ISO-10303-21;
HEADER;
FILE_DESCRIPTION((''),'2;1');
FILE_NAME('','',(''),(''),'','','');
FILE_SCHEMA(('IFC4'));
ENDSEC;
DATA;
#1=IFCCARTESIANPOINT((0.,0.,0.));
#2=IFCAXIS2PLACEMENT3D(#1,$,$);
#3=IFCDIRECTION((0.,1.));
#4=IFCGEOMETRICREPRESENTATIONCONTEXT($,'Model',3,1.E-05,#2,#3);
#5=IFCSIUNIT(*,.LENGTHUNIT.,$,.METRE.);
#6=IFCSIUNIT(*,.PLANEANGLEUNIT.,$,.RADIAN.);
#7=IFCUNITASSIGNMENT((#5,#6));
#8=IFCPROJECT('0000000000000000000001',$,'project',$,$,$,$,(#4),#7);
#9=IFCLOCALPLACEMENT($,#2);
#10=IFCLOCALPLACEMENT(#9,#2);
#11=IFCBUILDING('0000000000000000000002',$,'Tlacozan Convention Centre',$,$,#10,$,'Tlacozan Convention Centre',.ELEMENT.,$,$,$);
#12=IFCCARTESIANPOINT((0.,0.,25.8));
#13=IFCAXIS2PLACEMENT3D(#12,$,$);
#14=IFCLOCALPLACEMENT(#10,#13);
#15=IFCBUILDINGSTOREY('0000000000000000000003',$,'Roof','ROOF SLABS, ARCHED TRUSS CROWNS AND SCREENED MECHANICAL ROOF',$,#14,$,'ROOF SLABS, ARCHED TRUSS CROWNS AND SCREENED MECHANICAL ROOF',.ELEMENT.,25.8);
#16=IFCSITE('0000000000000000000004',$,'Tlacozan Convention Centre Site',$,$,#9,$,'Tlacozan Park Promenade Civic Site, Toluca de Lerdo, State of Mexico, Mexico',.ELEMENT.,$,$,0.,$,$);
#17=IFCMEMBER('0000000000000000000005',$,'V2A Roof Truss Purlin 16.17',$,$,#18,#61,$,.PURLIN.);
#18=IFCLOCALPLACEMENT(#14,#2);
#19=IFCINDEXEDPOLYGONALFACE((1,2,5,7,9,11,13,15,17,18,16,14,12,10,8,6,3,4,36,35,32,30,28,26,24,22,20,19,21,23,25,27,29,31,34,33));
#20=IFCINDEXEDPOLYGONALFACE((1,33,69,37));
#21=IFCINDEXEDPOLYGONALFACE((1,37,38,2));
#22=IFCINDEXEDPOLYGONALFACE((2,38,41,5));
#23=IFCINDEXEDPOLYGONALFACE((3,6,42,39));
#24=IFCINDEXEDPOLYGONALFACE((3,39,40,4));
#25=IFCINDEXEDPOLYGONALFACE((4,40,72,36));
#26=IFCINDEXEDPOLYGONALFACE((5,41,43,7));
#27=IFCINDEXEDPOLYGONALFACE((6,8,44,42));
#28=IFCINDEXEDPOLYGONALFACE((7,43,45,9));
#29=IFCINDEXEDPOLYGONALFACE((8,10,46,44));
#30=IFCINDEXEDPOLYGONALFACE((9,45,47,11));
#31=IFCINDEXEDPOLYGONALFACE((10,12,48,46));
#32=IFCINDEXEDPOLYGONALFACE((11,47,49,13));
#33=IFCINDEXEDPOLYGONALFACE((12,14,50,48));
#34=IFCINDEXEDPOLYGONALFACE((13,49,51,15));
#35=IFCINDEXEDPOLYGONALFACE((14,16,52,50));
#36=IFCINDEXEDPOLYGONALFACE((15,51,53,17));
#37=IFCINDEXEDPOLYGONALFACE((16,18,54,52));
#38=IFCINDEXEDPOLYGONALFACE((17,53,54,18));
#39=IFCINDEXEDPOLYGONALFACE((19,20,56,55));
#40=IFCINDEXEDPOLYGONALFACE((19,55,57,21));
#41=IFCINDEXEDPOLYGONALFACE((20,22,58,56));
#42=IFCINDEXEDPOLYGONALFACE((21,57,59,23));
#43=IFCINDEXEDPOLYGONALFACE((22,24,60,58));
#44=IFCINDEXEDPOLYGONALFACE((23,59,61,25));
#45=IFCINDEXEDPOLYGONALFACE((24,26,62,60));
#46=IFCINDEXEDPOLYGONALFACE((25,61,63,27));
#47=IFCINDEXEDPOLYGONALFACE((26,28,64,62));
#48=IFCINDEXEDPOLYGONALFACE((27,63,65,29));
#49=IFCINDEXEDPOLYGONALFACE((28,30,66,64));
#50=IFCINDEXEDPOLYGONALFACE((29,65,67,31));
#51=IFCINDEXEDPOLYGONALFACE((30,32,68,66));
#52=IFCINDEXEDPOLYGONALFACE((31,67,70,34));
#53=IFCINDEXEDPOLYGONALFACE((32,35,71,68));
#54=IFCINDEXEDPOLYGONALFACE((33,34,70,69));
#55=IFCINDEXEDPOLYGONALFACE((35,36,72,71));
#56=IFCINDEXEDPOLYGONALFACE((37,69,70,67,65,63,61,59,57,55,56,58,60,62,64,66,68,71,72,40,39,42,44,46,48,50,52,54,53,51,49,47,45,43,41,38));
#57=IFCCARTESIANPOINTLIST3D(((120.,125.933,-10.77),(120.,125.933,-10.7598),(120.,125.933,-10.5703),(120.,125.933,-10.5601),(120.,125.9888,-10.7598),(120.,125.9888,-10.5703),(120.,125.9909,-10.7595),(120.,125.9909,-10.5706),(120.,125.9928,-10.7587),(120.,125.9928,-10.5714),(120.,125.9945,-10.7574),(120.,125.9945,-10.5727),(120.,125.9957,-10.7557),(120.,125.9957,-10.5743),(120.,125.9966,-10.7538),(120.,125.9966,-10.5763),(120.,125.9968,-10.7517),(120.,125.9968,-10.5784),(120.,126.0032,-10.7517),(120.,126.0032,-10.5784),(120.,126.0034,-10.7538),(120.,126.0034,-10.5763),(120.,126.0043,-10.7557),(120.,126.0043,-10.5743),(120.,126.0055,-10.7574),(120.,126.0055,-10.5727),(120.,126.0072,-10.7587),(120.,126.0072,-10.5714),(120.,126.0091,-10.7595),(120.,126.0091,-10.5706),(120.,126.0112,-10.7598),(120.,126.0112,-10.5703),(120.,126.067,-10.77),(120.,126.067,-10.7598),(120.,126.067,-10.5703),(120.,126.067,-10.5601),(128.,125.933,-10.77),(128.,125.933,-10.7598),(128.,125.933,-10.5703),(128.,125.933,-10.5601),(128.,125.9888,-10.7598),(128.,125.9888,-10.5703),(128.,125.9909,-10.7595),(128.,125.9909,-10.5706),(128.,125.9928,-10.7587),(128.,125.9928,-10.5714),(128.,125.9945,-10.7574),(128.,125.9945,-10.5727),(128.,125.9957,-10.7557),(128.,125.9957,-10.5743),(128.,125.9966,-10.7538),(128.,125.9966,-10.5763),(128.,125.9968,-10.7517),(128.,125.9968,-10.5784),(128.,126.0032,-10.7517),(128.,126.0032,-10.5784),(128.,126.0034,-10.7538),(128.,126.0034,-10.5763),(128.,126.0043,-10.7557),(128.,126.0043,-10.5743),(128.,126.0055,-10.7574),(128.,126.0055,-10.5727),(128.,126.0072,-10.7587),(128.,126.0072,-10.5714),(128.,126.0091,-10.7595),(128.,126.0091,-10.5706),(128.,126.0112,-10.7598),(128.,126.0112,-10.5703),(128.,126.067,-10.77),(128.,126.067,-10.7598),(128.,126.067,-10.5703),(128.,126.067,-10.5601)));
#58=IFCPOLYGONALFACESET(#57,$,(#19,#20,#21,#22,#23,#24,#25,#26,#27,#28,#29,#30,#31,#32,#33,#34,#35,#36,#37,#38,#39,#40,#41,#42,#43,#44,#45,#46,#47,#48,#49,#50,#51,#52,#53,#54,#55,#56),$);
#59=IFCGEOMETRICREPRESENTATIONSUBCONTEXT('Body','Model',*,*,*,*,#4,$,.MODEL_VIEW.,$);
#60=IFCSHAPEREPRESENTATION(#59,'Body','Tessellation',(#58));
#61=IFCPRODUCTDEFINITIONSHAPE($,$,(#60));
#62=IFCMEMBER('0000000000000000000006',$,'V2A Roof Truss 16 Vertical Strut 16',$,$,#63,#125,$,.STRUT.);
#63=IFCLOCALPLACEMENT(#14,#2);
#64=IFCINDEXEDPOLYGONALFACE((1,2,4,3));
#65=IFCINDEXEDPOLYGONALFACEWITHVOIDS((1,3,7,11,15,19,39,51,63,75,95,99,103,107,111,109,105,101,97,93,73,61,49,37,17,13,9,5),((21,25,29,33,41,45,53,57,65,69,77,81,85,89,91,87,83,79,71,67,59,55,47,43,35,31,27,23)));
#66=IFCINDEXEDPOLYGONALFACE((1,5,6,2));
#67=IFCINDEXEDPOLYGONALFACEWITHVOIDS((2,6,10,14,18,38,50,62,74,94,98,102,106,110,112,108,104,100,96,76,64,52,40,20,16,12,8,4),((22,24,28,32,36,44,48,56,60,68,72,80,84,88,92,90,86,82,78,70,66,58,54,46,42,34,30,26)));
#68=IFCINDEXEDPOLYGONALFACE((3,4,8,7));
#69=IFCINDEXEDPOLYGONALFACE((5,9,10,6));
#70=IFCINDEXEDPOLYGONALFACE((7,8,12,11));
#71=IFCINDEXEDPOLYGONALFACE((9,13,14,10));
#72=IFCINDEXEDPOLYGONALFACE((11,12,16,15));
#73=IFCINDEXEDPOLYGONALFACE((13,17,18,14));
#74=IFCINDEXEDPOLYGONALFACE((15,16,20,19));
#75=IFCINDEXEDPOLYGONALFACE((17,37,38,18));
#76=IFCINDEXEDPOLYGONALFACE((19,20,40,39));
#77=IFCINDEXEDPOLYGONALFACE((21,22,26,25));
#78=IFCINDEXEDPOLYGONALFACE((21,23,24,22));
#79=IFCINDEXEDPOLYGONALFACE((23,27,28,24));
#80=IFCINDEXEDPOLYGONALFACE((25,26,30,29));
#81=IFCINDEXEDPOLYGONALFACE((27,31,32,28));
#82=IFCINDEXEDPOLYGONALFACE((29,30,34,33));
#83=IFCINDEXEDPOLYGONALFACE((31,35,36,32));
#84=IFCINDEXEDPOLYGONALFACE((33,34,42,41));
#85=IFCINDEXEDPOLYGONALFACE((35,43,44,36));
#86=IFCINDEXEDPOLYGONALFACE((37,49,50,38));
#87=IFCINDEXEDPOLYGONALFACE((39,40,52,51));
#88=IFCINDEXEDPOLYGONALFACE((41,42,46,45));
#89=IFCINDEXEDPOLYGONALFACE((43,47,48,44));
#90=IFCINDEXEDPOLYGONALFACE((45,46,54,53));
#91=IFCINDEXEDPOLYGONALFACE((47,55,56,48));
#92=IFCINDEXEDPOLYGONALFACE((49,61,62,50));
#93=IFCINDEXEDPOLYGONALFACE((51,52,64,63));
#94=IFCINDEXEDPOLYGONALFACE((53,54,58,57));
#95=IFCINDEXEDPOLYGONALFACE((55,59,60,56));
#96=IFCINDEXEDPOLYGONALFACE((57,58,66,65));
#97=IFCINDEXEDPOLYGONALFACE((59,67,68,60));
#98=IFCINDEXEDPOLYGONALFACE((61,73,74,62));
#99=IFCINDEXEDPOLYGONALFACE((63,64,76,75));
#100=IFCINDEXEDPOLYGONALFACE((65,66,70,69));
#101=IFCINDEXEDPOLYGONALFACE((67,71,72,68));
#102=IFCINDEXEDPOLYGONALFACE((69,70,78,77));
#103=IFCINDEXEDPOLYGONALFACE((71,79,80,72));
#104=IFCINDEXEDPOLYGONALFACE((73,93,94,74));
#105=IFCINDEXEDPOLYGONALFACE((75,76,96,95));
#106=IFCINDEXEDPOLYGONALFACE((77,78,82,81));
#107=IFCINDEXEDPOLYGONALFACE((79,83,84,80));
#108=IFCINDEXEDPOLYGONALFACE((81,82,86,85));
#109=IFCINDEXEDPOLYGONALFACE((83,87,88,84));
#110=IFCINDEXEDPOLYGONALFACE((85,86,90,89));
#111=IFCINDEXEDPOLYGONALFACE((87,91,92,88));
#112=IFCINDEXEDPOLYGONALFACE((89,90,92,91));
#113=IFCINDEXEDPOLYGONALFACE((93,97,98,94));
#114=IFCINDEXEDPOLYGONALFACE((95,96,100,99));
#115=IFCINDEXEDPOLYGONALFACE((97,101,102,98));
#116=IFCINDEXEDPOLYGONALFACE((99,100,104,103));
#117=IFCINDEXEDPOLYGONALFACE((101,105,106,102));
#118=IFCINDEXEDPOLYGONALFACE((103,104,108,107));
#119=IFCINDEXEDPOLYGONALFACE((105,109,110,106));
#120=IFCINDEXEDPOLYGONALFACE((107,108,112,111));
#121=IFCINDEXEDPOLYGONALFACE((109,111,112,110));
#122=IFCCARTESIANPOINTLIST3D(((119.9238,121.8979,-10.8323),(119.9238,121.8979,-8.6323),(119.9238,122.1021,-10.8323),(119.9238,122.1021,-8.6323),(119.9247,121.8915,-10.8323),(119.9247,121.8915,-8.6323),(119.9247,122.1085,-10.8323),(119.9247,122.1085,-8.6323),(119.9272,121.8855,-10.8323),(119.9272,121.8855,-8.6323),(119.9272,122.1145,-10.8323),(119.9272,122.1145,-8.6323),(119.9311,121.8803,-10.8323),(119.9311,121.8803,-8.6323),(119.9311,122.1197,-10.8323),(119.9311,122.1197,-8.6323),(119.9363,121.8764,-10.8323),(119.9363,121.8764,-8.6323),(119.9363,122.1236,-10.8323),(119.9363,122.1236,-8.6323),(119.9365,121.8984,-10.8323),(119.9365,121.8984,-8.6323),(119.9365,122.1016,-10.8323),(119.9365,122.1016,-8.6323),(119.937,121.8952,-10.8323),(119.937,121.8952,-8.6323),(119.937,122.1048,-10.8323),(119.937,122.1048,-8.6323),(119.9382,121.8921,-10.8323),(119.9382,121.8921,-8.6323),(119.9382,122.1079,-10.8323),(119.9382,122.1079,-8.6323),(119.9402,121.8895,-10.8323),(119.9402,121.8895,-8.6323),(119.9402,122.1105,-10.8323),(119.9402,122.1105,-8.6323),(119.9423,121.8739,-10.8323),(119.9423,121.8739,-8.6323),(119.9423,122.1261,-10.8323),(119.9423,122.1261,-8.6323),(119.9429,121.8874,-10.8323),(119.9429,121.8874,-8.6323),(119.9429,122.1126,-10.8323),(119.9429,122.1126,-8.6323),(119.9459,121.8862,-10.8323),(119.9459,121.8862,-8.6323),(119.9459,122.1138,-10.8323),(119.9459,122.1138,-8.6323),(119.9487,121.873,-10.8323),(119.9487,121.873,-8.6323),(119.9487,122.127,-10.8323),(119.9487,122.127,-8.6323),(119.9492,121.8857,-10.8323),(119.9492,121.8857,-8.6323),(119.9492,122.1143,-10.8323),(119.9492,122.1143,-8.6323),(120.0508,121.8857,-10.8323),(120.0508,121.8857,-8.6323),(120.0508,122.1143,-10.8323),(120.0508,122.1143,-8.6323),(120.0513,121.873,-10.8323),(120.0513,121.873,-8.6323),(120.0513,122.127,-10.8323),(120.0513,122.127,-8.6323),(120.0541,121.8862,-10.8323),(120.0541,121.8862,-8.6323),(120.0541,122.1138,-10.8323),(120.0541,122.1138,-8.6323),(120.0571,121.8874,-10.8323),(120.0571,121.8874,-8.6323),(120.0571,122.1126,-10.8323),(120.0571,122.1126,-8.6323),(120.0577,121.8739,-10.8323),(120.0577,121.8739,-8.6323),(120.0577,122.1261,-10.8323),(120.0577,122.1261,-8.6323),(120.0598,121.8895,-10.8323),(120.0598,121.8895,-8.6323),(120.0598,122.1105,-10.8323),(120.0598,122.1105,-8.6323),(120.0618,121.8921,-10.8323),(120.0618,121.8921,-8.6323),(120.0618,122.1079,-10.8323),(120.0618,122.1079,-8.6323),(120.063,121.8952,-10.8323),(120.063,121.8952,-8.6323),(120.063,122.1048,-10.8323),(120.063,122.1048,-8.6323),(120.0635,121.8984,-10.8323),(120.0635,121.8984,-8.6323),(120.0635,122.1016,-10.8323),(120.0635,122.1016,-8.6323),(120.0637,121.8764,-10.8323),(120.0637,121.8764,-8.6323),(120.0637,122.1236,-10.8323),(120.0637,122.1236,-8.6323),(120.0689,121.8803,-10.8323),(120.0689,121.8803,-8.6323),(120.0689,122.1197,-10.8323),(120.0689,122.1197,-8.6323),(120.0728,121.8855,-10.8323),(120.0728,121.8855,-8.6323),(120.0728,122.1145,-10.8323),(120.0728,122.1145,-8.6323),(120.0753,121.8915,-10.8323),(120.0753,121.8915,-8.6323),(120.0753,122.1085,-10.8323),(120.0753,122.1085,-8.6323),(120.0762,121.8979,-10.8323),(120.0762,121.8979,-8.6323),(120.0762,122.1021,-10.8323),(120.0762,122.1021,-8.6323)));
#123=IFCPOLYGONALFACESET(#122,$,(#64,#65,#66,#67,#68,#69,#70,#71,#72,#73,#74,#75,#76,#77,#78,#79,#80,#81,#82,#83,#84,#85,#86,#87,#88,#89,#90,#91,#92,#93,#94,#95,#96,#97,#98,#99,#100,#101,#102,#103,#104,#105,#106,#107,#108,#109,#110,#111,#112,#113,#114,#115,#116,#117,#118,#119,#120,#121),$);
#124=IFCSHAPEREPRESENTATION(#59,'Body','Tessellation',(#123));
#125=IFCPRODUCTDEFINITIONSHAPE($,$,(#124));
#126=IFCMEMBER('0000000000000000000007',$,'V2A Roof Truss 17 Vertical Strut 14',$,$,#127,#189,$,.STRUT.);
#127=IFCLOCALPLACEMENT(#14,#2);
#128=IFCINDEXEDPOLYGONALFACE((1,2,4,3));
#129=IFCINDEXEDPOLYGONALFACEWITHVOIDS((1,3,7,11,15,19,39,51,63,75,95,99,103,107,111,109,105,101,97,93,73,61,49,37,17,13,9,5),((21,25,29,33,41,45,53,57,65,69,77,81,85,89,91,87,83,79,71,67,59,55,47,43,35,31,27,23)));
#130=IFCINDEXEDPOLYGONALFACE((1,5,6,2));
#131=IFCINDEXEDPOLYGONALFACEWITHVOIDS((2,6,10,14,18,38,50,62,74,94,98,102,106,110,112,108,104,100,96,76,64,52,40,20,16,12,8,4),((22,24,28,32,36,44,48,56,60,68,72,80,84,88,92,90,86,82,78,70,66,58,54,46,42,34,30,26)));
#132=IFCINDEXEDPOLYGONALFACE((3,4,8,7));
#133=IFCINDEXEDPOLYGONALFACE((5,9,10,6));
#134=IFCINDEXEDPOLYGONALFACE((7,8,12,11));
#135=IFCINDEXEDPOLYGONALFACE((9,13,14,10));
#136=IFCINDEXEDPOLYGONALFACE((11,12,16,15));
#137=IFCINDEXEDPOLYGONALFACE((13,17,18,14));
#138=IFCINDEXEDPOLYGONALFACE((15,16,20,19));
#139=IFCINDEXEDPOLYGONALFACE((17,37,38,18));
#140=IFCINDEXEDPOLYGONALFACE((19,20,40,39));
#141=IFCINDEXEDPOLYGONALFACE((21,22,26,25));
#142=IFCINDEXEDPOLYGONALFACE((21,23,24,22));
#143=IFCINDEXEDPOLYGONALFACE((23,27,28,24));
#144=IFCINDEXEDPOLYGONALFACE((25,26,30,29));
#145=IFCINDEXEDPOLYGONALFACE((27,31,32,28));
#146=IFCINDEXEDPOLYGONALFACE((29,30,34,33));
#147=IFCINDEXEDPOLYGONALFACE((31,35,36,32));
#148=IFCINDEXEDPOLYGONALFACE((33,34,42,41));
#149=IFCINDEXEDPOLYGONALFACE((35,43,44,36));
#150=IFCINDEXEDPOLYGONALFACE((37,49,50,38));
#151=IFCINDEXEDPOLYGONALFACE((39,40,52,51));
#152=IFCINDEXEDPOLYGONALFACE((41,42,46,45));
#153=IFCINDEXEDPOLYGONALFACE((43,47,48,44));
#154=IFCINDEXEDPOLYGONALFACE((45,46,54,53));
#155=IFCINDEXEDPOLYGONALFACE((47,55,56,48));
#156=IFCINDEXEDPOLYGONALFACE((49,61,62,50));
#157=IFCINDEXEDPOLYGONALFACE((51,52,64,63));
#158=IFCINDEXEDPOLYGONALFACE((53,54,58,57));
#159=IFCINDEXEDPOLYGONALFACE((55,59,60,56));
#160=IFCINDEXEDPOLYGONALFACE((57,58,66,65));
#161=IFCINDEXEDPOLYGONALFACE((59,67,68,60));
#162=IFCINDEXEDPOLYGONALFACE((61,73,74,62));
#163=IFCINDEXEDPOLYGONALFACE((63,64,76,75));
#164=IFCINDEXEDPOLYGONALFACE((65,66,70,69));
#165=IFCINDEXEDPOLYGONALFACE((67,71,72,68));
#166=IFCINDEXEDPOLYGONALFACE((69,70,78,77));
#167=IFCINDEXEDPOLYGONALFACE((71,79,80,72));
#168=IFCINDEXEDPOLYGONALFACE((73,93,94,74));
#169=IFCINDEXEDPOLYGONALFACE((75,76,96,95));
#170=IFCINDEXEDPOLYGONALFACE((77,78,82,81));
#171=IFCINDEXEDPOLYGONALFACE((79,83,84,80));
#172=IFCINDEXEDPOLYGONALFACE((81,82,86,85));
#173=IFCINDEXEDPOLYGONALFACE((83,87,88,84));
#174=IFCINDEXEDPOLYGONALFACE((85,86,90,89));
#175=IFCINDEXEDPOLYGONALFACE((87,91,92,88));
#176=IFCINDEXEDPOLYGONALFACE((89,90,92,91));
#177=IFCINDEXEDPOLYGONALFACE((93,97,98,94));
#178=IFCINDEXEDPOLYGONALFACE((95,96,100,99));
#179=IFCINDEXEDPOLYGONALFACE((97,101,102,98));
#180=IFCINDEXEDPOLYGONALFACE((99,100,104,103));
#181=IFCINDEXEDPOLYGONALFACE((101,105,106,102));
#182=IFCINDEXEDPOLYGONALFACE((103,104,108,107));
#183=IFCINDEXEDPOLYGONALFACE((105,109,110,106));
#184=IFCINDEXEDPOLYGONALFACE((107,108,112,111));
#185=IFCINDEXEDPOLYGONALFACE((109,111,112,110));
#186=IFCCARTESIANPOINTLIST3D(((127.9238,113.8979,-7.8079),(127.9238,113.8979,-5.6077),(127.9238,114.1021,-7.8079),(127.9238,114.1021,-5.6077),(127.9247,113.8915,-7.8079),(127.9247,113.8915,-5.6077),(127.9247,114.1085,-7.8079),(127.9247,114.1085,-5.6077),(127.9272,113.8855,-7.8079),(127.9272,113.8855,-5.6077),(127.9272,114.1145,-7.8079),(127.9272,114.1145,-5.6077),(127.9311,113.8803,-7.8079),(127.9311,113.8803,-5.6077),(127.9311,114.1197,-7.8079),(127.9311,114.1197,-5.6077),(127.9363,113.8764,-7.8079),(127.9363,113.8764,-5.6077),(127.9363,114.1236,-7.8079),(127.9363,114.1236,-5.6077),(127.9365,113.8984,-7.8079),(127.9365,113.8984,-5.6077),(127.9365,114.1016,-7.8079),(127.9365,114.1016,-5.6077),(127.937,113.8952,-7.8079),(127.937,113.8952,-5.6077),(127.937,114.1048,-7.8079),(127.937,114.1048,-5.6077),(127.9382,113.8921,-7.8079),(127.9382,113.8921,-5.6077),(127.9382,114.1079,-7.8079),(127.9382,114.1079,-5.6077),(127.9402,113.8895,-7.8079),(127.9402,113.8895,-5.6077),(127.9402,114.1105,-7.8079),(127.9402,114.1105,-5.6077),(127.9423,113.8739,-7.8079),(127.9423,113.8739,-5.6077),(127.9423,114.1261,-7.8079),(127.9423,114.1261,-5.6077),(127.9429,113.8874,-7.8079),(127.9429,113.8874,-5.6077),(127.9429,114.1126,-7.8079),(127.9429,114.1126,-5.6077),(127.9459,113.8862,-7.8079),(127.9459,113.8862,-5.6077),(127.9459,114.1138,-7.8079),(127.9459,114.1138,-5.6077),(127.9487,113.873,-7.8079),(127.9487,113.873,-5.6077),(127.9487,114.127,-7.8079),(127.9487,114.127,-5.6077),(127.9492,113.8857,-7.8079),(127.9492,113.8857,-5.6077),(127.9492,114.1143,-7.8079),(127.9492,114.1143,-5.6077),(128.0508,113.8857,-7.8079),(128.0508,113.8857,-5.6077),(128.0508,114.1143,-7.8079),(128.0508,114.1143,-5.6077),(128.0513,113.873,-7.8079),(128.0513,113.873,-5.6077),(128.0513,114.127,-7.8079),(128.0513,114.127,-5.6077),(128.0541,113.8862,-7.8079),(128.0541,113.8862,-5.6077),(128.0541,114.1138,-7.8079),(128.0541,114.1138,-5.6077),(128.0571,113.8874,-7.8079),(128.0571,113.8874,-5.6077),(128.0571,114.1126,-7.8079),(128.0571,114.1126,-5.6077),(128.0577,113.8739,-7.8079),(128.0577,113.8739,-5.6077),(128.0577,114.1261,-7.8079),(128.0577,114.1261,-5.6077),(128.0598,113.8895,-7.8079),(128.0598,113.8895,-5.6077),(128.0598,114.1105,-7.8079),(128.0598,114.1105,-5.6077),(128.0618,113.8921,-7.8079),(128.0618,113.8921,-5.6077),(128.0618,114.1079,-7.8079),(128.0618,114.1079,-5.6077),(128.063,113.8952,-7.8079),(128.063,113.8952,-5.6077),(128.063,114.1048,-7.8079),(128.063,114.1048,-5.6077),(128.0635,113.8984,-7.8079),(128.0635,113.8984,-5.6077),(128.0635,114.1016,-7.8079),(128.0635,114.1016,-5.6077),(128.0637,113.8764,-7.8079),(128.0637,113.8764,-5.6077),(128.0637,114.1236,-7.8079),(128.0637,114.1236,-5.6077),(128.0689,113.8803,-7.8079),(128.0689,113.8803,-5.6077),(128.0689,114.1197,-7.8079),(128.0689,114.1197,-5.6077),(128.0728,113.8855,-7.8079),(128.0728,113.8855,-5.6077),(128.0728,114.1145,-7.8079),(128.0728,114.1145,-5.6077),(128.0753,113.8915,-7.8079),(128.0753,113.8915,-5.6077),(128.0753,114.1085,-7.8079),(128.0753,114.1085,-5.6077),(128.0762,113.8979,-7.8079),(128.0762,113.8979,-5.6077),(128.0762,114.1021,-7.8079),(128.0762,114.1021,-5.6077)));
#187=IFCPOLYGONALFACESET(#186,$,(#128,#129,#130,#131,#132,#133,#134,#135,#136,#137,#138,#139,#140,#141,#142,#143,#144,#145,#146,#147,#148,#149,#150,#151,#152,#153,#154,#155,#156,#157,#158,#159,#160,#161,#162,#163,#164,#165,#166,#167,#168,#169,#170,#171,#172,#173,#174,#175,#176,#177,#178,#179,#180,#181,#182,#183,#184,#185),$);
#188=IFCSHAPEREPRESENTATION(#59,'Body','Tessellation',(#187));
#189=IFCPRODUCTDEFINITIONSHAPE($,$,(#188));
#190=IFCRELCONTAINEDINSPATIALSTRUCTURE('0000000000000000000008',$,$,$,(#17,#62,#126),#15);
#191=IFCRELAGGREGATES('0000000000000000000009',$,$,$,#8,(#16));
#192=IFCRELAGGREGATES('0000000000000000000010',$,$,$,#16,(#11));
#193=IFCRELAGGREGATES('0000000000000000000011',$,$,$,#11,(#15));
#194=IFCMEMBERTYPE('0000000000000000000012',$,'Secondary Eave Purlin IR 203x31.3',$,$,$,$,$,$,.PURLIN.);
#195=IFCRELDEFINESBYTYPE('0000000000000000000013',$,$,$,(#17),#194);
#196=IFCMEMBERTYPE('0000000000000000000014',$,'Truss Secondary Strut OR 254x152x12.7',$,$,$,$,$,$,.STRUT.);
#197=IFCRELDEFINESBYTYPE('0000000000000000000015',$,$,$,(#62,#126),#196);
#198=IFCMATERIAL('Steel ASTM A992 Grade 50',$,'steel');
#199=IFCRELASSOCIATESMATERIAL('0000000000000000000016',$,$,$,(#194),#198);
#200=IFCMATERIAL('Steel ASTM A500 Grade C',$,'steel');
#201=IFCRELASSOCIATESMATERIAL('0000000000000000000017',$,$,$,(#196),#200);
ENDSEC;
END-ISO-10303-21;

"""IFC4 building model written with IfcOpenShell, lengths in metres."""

from ifc_helpers import new_model, si_unit, direction, frame, origin, origin_2d, place, context, subcontext, project, spatial, hollow_rectangle, i_section, extrude, material, material_profile, profile_set, type_object, element, save


model = new_model("IFC4")

# Units and contexts
model_context = context("Model", 3, precision=1e-05, world=origin(), true_north=direction((0.0, 1.0)))
body_context = subcontext(model_context, "Body", "Model", "MODEL_VIEW")
ifc_project = project(units=[si_unit("LENGTHUNIT", "METRE"), si_unit("PLANEANGLEUNIT", "RADIAN")], contexts=[model_context])

# Site, building, storey
site_placement = place(None, origin())
site = spatial("IfcSite", under=ifc_project, at=site_placement, Name="Tlacozan Convention Centre Site", LongName="Tlacozan Park Promenade Civic Site, Toluca de Lerdo, State of Mexico, Mexico", CompositionType="ELEMENT", RefElevation=0.0)
building_placement = place(site_placement, origin())
building = spatial("IfcBuilding", under=site, at=building_placement, Name="Tlacozan Convention Centre", LongName="Tlacozan Convention Centre", CompositionType="ELEMENT")
storey_placement = place(building_placement, frame((0.0, 0.0, 25.8)))
storey = spatial("IfcBuildingStorey", under=building, at=storey_placement, Name="Roof", Description="ROOF SLABS, ARCHED TRUSS CROWNS AND SCREENED MECHANICAL ROOF", LongName="ROOF SLABS, ARCHED TRUSS CROWNS AND SCREENED MECHANICAL ROOF", CompositionType="ELEMENT", Elevation=25.8)

# Members
ifc_material_1 = material(Name="Steel ASTM A500 Grade C", Category="steel")
ifc_material_2 = material(Name="Steel ASTM A992 Grade 50", Category="steel")
ifc_material_profile_1 = material_profile(ifc_material_2, i_section(OverallWidth=0.134, OverallDepth=0.21, WebThickness=0.0063, FlangeThickness=0.0103, FilletRadius=0.0081, at=origin_2d()), Name="IR 203x31.3")
ifc_profile_set_1 = profile_set([ifc_material_profile_1], Name="Steel ASTM A992 Grade 50")
member_type_1 = type_object("IfcMemberType", Name="Secondary Eave Purlin IR 203x31.3", PredefinedType="PURLIN", material=ifc_profile_set_1)
member_1_placement = place(storey_placement, frame((120.0, 126.0, -10.665), z_axis=(1.0, 0.0, 0.0), x_axis=(0.0, 1.0, 0.0)))
element("IfcMember", 1, at=member_1_placement, inside=storey, type_object=member_type_1, Name="V2A Roof Truss Purlin 16.17", PredefinedType="PURLIN", context=body_context, shape_type="SweptSolid", body=[
    extrude(i_section(OverallWidth=0.134, OverallDepth=0.21, WebThickness=0.0063, FlangeThickness=0.0103, FilletRadius=0.0081, at=origin_2d()), origin(), (0.0, 0.0, 1.0), 8.0),
])
ifc_material_profile_2 = material_profile(ifc_material_1, hollow_rectangle(XDim=0.1523, YDim=0.2539, WallThickness=0.0127, InnerFilletRadius=0.0127, OuterFilletRadius=0.0249, at=origin_2d()), Name="OR 254x152x12.7")
ifc_profile_set_2 = profile_set([ifc_material_profile_2], Name="Steel ASTM A500 Grade C")
member_type_2 = type_object("IfcMemberType", Name="Truss Secondary Strut OR 254x152x12.7", PredefinedType="STRUT", material=ifc_profile_set_2)
member_2_placement = place(storey_placement, frame((120.0, 122.0, -10.8323), z_axis=(0.0, 0.0, 1.0), x_axis=(1.0, 0.0, 0.0)))
element("IfcMember", 2, at=member_2_placement, inside=storey, type_object=member_type_2, Name="V2A Roof Truss 16 Vertical Strut 16", PredefinedType="STRUT", context=body_context, shape_type="SweptSolid", body=[
    extrude(hollow_rectangle(XDim=0.1523, YDim=0.2539, WallThickness=0.0127, InnerFilletRadius=0.0127, OuterFilletRadius=0.0249, at=origin_2d()), origin(), (0.0, 0.0, 1.0), 2.2),
])
member_3_placement = place(storey_placement, frame((128.0, 114.0, -7.8079), z_axis=(0.0, 0.0, 1.0), x_axis=(1.0, 0.0, 0.0)))
element("IfcMember", 3, at=member_3_placement, inside=storey, type_object=member_type_2, Name="V2A Roof Truss 17 Vertical Strut 14", PredefinedType="STRUT", context=body_context, shape_type="SweptSolid", body=[
    extrude(hollow_rectangle(XDim=0.1523, YDim=0.2539, WallThickness=0.0127, InnerFilletRadius=0.0127, OuterFilletRadius=0.0249, at=origin_2d()), origin(), (0.0, 0.0, 1.0), 2.2002),
])

save(model, "model.ifc")
